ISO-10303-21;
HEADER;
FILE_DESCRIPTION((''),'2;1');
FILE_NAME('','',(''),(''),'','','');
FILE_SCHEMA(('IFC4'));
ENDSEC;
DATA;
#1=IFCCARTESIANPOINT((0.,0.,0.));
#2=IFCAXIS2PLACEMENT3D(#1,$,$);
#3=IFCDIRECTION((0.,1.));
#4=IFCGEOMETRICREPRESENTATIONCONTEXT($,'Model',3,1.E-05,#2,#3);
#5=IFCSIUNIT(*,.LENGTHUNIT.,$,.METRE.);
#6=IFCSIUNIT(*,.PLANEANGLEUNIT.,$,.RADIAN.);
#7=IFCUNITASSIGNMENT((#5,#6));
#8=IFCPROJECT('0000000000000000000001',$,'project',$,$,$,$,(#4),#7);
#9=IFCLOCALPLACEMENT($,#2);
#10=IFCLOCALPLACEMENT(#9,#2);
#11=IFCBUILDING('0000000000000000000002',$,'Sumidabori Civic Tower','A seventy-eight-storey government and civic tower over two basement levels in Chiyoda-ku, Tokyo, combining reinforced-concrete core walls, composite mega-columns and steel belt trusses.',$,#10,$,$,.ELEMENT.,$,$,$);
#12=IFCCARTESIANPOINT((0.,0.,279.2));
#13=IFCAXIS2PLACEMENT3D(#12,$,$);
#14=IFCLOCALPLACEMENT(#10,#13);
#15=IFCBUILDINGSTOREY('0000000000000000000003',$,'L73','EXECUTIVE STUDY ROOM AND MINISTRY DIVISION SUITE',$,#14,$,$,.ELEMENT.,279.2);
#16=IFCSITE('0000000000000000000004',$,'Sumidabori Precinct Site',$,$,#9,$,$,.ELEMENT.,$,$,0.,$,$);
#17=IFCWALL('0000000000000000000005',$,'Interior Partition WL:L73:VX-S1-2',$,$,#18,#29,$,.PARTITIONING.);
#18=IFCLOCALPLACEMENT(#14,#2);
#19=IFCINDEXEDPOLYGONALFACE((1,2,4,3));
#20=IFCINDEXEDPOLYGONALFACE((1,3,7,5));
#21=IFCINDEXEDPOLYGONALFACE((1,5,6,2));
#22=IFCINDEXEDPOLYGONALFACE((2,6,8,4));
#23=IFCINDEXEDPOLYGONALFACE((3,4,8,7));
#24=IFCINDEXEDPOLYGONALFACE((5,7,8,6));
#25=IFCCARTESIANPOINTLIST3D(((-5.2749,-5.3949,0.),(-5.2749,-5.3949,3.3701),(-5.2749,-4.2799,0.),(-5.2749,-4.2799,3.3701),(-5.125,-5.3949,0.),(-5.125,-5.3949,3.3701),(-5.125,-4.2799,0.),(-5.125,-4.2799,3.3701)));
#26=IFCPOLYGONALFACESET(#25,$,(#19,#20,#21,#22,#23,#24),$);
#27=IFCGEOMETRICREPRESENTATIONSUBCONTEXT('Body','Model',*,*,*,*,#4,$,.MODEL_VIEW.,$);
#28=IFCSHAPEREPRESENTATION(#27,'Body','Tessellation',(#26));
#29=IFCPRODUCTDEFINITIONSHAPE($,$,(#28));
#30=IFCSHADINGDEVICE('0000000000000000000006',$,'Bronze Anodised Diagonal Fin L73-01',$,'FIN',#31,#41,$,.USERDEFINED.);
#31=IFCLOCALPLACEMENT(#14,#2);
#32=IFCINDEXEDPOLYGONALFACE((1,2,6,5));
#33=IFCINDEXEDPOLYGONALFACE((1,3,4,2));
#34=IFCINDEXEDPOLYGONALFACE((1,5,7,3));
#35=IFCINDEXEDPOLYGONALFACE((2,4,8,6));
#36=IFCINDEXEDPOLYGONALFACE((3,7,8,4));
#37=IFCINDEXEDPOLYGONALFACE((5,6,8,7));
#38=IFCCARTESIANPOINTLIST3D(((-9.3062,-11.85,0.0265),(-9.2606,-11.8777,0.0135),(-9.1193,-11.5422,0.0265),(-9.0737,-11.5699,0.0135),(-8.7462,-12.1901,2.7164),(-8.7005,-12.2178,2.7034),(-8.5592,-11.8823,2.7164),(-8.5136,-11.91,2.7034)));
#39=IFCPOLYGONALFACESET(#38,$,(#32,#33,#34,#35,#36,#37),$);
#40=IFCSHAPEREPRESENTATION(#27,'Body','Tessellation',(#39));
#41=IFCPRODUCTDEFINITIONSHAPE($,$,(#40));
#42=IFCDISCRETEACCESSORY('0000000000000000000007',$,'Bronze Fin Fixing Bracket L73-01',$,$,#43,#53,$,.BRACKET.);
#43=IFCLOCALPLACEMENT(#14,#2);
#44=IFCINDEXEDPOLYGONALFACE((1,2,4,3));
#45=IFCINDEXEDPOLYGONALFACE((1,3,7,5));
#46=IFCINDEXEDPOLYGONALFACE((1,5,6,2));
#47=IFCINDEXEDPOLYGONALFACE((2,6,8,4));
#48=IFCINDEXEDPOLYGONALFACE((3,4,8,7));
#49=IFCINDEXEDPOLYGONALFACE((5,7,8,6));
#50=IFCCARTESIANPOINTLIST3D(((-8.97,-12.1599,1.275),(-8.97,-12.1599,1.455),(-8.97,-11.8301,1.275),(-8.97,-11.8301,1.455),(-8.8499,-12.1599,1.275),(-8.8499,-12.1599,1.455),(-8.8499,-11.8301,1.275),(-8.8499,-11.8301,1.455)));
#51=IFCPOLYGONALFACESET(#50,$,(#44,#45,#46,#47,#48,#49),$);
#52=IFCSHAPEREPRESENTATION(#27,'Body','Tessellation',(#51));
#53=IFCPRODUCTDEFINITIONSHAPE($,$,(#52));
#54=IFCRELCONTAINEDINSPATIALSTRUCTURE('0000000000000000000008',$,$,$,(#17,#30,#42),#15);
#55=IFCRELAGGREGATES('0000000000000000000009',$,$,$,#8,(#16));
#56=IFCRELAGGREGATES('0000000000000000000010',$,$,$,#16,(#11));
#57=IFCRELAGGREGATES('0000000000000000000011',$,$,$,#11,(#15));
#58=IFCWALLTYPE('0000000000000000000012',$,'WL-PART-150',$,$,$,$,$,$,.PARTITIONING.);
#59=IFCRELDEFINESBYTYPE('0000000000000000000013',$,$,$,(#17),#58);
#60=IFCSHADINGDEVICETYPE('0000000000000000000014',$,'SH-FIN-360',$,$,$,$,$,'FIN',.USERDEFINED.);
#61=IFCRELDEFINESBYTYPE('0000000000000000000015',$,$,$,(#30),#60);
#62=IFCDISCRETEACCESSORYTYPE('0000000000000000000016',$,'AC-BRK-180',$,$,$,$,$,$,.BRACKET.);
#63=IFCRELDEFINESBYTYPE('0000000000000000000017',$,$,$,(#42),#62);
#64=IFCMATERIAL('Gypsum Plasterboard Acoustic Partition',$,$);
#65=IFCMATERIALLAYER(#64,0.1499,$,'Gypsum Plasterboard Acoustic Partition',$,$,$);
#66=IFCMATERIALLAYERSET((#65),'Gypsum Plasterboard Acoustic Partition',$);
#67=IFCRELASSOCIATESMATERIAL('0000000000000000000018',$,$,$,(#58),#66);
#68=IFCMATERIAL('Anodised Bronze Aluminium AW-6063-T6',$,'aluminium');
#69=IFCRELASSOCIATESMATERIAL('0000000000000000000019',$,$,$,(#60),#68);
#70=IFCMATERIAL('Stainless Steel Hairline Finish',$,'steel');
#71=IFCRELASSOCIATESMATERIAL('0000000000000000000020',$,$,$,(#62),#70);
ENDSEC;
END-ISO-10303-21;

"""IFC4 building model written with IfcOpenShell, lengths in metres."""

from ifc_helpers import new_model, si_unit, direction, frame, frame_2d, origin, origin_2d, place, context, subcontext, project, spatial, rectangle, extrude, source, transform, mapped, material, layer, layer_set, material_profile, profile_set, type_object, element, save


model = new_model("IFC4")

# Units and contexts
model_context = context("Model", 3, precision=1e-05, world=origin(), true_north=direction((0.0, 1.0)))
body_context = subcontext(model_context, "Body", "Model", "MODEL_VIEW")
ifc_project = project(units=[si_unit("LENGTHUNIT", "METRE"), si_unit("PLANEANGLEUNIT", "RADIAN")], contexts=[model_context])

# Site, building, storey
site_placement = place(None, origin())
site = spatial("IfcSite", under=ifc_project, at=site_placement, Name="Sumidabori Precinct Site", CompositionType="ELEMENT", RefElevation=0.0)
building_placement = place(site_placement, origin())
building = spatial("IfcBuilding", under=site, at=building_placement, Name="Sumidabori Civic Tower", Description="A seventy-eight-storey government and civic tower over two basement levels in Chiyoda-ku, Tokyo, combining reinforced-concrete core walls, composite mega-columns and steel belt trusses.", CompositionType="ELEMENT")
storey_placement = place(building_placement, frame((0.0, 0.0, 279.2)))
storey = spatial("IfcBuildingStorey", under=building, at=storey_placement, Name="L73", Description="EXECUTIVE STUDY ROOM AND MINISTRY DIVISION SUITE", CompositionType="ELEMENT", Elevation=279.2)

# Shared definitions
ifc_material_1 = material(Name="Anodised Bronze Aluminium AW-6063-T6", Category="aluminium")

# Shared definitions
ifc_material_2 = material(Name="Gypsum Plasterboard Acoustic Partition")
ifc_layer_1 = layer(ifc_material_2, 0.1499, Name="Gypsum Plasterboard Acoustic Partition")
ifc_layer_set_1 = layer_set([ifc_layer_1], Name="Gypsum Plasterboard Acoustic Partition")
wall_type = type_object("IfcWallType", Name="WL-PART-150", PredefinedType="PARTITIONING", material=ifc_layer_set_1)

# Wall
shared_shape_1 = source(origin(), body_context, "Body", "SweptSolid", [
    extrude(rectangle(XDim=1.115, YDim=0.1499, at=frame_2d((0.5576, 0.0))), origin(), (0.0, 0.0, 1.0), 3.3701),
])
wall_1_placement = place(storey_placement, frame((-5.2, -5.395, 0.0), z_axis=(0.0, 0.0, 1.0), x_axis=(0.0, 1.0, 0.0)))
element("IfcWall", 1, at=wall_1_placement, inside=storey, type_object=wall_type, Name="Interior Partition WL:L73:VX-S1-2", PredefinedType="PARTITIONING", context=body_context, shape_type="MappedRepresentation", body=[
    mapped(shared_shape_1, transform((0.0, 0.0, 0.0), x_axis=(1.0, 0.0, 0.0), y_axis=(0.0, 1.0, 0.0), z_axis=(0.0, 0.0, 1.0), scale=1.0)),
])

# Shading device
ifc_material_profile_1 = material_profile(ifc_material_1, rectangle(XDim=0.0549, YDim=0.3601, at=origin_2d()), Name="BRONZE FIN 360x55")
ifc_profile_set_1 = profile_set([ifc_material_profile_1], Name="Anodised Bronze Aluminium AW-6063-T6")
shading_device_type = type_object("IfcShadingDeviceType", Name="SH-FIN-360", ElementType="FIN", PredefinedType="USERDEFINED", material=ifc_profile_set_1)
shared_shape_2 = source(origin(), body_context, "Body", "SweptSolid", [
    extrude(rectangle(XDim=0.0549, YDim=0.3601, at=origin_2d()), origin(), (0.0, 0.0, 1.0), 2.7686),
])
shading_device_placement = place(storey_placement, frame((-9.1899, -11.71, 0.02), z_axis=(0.20229, -0.122838, 0.971591), x_axis=(0.83047, -0.504291, -0.236665)))
element("IfcShadingDevice", 2, at=shading_device_placement, inside=storey, type_object=shading_device_type, Name="Bronze Anodised Diagonal Fin L73-01", ObjectType="FIN", PredefinedType="USERDEFINED", context=body_context, shape_type="MappedRepresentation", body=[
    mapped(shared_shape_2, transform((0.0, 0.0, 0.0), x_axis=(1.0, 0.0, 0.0), y_axis=(0.0, 1.0, 0.0), z_axis=(0.0, 0.0, 1.0), scale=1.0)),
])

# Discrete accessory
ifc_material_3 = material(Name="Stainless Steel Hairline Finish", Category="steel")
ifc_material_profile_2 = material_profile(ifc_material_3, rectangle(XDim=0.1201, YDim=0.1799, at=origin_2d()), Name="STEEL BRACKET 180x120")
ifc_profile_set_2 = profile_set([ifc_material_profile_2], Name="Stainless Steel Hairline Finish")
discrete_accessory_type = type_object("IfcDiscreteAccessoryType", Name="AC-BRK-180", PredefinedType="BRACKET", material=ifc_profile_set_2)
shared_shape_3 = source(origin(), body_context, "Body", "SweptSolid", [
    extrude(rectangle(XDim=0.1201, YDim=0.1799, at=origin_2d()), origin(), (0.0, 0.0, 1.0), 0.3298),
])
discrete_accessory_placement = place(storey_placement, frame((-8.9099, -11.8301, 1.365), z_axis=(0.0, -1.0, 0.0), x_axis=(1.0, 0.0, 0.0)))
element("IfcDiscreteAccessory", 3, at=discrete_accessory_placement, inside=storey, type_object=discrete_accessory_type, Name="Bronze Fin Fixing Bracket L73-01", PredefinedType="BRACKET", context=body_context, shape_type="MappedRepresentation", body=[
    mapped(shared_shape_3, transform((0.0, 0.0, 0.0), x_axis=(1.0, 0.0, 0.0), y_axis=(0.0, 1.0, 0.0), z_axis=(0.0, 0.0, 1.0), scale=1.0)),
])

save(model, "model.ifc")
